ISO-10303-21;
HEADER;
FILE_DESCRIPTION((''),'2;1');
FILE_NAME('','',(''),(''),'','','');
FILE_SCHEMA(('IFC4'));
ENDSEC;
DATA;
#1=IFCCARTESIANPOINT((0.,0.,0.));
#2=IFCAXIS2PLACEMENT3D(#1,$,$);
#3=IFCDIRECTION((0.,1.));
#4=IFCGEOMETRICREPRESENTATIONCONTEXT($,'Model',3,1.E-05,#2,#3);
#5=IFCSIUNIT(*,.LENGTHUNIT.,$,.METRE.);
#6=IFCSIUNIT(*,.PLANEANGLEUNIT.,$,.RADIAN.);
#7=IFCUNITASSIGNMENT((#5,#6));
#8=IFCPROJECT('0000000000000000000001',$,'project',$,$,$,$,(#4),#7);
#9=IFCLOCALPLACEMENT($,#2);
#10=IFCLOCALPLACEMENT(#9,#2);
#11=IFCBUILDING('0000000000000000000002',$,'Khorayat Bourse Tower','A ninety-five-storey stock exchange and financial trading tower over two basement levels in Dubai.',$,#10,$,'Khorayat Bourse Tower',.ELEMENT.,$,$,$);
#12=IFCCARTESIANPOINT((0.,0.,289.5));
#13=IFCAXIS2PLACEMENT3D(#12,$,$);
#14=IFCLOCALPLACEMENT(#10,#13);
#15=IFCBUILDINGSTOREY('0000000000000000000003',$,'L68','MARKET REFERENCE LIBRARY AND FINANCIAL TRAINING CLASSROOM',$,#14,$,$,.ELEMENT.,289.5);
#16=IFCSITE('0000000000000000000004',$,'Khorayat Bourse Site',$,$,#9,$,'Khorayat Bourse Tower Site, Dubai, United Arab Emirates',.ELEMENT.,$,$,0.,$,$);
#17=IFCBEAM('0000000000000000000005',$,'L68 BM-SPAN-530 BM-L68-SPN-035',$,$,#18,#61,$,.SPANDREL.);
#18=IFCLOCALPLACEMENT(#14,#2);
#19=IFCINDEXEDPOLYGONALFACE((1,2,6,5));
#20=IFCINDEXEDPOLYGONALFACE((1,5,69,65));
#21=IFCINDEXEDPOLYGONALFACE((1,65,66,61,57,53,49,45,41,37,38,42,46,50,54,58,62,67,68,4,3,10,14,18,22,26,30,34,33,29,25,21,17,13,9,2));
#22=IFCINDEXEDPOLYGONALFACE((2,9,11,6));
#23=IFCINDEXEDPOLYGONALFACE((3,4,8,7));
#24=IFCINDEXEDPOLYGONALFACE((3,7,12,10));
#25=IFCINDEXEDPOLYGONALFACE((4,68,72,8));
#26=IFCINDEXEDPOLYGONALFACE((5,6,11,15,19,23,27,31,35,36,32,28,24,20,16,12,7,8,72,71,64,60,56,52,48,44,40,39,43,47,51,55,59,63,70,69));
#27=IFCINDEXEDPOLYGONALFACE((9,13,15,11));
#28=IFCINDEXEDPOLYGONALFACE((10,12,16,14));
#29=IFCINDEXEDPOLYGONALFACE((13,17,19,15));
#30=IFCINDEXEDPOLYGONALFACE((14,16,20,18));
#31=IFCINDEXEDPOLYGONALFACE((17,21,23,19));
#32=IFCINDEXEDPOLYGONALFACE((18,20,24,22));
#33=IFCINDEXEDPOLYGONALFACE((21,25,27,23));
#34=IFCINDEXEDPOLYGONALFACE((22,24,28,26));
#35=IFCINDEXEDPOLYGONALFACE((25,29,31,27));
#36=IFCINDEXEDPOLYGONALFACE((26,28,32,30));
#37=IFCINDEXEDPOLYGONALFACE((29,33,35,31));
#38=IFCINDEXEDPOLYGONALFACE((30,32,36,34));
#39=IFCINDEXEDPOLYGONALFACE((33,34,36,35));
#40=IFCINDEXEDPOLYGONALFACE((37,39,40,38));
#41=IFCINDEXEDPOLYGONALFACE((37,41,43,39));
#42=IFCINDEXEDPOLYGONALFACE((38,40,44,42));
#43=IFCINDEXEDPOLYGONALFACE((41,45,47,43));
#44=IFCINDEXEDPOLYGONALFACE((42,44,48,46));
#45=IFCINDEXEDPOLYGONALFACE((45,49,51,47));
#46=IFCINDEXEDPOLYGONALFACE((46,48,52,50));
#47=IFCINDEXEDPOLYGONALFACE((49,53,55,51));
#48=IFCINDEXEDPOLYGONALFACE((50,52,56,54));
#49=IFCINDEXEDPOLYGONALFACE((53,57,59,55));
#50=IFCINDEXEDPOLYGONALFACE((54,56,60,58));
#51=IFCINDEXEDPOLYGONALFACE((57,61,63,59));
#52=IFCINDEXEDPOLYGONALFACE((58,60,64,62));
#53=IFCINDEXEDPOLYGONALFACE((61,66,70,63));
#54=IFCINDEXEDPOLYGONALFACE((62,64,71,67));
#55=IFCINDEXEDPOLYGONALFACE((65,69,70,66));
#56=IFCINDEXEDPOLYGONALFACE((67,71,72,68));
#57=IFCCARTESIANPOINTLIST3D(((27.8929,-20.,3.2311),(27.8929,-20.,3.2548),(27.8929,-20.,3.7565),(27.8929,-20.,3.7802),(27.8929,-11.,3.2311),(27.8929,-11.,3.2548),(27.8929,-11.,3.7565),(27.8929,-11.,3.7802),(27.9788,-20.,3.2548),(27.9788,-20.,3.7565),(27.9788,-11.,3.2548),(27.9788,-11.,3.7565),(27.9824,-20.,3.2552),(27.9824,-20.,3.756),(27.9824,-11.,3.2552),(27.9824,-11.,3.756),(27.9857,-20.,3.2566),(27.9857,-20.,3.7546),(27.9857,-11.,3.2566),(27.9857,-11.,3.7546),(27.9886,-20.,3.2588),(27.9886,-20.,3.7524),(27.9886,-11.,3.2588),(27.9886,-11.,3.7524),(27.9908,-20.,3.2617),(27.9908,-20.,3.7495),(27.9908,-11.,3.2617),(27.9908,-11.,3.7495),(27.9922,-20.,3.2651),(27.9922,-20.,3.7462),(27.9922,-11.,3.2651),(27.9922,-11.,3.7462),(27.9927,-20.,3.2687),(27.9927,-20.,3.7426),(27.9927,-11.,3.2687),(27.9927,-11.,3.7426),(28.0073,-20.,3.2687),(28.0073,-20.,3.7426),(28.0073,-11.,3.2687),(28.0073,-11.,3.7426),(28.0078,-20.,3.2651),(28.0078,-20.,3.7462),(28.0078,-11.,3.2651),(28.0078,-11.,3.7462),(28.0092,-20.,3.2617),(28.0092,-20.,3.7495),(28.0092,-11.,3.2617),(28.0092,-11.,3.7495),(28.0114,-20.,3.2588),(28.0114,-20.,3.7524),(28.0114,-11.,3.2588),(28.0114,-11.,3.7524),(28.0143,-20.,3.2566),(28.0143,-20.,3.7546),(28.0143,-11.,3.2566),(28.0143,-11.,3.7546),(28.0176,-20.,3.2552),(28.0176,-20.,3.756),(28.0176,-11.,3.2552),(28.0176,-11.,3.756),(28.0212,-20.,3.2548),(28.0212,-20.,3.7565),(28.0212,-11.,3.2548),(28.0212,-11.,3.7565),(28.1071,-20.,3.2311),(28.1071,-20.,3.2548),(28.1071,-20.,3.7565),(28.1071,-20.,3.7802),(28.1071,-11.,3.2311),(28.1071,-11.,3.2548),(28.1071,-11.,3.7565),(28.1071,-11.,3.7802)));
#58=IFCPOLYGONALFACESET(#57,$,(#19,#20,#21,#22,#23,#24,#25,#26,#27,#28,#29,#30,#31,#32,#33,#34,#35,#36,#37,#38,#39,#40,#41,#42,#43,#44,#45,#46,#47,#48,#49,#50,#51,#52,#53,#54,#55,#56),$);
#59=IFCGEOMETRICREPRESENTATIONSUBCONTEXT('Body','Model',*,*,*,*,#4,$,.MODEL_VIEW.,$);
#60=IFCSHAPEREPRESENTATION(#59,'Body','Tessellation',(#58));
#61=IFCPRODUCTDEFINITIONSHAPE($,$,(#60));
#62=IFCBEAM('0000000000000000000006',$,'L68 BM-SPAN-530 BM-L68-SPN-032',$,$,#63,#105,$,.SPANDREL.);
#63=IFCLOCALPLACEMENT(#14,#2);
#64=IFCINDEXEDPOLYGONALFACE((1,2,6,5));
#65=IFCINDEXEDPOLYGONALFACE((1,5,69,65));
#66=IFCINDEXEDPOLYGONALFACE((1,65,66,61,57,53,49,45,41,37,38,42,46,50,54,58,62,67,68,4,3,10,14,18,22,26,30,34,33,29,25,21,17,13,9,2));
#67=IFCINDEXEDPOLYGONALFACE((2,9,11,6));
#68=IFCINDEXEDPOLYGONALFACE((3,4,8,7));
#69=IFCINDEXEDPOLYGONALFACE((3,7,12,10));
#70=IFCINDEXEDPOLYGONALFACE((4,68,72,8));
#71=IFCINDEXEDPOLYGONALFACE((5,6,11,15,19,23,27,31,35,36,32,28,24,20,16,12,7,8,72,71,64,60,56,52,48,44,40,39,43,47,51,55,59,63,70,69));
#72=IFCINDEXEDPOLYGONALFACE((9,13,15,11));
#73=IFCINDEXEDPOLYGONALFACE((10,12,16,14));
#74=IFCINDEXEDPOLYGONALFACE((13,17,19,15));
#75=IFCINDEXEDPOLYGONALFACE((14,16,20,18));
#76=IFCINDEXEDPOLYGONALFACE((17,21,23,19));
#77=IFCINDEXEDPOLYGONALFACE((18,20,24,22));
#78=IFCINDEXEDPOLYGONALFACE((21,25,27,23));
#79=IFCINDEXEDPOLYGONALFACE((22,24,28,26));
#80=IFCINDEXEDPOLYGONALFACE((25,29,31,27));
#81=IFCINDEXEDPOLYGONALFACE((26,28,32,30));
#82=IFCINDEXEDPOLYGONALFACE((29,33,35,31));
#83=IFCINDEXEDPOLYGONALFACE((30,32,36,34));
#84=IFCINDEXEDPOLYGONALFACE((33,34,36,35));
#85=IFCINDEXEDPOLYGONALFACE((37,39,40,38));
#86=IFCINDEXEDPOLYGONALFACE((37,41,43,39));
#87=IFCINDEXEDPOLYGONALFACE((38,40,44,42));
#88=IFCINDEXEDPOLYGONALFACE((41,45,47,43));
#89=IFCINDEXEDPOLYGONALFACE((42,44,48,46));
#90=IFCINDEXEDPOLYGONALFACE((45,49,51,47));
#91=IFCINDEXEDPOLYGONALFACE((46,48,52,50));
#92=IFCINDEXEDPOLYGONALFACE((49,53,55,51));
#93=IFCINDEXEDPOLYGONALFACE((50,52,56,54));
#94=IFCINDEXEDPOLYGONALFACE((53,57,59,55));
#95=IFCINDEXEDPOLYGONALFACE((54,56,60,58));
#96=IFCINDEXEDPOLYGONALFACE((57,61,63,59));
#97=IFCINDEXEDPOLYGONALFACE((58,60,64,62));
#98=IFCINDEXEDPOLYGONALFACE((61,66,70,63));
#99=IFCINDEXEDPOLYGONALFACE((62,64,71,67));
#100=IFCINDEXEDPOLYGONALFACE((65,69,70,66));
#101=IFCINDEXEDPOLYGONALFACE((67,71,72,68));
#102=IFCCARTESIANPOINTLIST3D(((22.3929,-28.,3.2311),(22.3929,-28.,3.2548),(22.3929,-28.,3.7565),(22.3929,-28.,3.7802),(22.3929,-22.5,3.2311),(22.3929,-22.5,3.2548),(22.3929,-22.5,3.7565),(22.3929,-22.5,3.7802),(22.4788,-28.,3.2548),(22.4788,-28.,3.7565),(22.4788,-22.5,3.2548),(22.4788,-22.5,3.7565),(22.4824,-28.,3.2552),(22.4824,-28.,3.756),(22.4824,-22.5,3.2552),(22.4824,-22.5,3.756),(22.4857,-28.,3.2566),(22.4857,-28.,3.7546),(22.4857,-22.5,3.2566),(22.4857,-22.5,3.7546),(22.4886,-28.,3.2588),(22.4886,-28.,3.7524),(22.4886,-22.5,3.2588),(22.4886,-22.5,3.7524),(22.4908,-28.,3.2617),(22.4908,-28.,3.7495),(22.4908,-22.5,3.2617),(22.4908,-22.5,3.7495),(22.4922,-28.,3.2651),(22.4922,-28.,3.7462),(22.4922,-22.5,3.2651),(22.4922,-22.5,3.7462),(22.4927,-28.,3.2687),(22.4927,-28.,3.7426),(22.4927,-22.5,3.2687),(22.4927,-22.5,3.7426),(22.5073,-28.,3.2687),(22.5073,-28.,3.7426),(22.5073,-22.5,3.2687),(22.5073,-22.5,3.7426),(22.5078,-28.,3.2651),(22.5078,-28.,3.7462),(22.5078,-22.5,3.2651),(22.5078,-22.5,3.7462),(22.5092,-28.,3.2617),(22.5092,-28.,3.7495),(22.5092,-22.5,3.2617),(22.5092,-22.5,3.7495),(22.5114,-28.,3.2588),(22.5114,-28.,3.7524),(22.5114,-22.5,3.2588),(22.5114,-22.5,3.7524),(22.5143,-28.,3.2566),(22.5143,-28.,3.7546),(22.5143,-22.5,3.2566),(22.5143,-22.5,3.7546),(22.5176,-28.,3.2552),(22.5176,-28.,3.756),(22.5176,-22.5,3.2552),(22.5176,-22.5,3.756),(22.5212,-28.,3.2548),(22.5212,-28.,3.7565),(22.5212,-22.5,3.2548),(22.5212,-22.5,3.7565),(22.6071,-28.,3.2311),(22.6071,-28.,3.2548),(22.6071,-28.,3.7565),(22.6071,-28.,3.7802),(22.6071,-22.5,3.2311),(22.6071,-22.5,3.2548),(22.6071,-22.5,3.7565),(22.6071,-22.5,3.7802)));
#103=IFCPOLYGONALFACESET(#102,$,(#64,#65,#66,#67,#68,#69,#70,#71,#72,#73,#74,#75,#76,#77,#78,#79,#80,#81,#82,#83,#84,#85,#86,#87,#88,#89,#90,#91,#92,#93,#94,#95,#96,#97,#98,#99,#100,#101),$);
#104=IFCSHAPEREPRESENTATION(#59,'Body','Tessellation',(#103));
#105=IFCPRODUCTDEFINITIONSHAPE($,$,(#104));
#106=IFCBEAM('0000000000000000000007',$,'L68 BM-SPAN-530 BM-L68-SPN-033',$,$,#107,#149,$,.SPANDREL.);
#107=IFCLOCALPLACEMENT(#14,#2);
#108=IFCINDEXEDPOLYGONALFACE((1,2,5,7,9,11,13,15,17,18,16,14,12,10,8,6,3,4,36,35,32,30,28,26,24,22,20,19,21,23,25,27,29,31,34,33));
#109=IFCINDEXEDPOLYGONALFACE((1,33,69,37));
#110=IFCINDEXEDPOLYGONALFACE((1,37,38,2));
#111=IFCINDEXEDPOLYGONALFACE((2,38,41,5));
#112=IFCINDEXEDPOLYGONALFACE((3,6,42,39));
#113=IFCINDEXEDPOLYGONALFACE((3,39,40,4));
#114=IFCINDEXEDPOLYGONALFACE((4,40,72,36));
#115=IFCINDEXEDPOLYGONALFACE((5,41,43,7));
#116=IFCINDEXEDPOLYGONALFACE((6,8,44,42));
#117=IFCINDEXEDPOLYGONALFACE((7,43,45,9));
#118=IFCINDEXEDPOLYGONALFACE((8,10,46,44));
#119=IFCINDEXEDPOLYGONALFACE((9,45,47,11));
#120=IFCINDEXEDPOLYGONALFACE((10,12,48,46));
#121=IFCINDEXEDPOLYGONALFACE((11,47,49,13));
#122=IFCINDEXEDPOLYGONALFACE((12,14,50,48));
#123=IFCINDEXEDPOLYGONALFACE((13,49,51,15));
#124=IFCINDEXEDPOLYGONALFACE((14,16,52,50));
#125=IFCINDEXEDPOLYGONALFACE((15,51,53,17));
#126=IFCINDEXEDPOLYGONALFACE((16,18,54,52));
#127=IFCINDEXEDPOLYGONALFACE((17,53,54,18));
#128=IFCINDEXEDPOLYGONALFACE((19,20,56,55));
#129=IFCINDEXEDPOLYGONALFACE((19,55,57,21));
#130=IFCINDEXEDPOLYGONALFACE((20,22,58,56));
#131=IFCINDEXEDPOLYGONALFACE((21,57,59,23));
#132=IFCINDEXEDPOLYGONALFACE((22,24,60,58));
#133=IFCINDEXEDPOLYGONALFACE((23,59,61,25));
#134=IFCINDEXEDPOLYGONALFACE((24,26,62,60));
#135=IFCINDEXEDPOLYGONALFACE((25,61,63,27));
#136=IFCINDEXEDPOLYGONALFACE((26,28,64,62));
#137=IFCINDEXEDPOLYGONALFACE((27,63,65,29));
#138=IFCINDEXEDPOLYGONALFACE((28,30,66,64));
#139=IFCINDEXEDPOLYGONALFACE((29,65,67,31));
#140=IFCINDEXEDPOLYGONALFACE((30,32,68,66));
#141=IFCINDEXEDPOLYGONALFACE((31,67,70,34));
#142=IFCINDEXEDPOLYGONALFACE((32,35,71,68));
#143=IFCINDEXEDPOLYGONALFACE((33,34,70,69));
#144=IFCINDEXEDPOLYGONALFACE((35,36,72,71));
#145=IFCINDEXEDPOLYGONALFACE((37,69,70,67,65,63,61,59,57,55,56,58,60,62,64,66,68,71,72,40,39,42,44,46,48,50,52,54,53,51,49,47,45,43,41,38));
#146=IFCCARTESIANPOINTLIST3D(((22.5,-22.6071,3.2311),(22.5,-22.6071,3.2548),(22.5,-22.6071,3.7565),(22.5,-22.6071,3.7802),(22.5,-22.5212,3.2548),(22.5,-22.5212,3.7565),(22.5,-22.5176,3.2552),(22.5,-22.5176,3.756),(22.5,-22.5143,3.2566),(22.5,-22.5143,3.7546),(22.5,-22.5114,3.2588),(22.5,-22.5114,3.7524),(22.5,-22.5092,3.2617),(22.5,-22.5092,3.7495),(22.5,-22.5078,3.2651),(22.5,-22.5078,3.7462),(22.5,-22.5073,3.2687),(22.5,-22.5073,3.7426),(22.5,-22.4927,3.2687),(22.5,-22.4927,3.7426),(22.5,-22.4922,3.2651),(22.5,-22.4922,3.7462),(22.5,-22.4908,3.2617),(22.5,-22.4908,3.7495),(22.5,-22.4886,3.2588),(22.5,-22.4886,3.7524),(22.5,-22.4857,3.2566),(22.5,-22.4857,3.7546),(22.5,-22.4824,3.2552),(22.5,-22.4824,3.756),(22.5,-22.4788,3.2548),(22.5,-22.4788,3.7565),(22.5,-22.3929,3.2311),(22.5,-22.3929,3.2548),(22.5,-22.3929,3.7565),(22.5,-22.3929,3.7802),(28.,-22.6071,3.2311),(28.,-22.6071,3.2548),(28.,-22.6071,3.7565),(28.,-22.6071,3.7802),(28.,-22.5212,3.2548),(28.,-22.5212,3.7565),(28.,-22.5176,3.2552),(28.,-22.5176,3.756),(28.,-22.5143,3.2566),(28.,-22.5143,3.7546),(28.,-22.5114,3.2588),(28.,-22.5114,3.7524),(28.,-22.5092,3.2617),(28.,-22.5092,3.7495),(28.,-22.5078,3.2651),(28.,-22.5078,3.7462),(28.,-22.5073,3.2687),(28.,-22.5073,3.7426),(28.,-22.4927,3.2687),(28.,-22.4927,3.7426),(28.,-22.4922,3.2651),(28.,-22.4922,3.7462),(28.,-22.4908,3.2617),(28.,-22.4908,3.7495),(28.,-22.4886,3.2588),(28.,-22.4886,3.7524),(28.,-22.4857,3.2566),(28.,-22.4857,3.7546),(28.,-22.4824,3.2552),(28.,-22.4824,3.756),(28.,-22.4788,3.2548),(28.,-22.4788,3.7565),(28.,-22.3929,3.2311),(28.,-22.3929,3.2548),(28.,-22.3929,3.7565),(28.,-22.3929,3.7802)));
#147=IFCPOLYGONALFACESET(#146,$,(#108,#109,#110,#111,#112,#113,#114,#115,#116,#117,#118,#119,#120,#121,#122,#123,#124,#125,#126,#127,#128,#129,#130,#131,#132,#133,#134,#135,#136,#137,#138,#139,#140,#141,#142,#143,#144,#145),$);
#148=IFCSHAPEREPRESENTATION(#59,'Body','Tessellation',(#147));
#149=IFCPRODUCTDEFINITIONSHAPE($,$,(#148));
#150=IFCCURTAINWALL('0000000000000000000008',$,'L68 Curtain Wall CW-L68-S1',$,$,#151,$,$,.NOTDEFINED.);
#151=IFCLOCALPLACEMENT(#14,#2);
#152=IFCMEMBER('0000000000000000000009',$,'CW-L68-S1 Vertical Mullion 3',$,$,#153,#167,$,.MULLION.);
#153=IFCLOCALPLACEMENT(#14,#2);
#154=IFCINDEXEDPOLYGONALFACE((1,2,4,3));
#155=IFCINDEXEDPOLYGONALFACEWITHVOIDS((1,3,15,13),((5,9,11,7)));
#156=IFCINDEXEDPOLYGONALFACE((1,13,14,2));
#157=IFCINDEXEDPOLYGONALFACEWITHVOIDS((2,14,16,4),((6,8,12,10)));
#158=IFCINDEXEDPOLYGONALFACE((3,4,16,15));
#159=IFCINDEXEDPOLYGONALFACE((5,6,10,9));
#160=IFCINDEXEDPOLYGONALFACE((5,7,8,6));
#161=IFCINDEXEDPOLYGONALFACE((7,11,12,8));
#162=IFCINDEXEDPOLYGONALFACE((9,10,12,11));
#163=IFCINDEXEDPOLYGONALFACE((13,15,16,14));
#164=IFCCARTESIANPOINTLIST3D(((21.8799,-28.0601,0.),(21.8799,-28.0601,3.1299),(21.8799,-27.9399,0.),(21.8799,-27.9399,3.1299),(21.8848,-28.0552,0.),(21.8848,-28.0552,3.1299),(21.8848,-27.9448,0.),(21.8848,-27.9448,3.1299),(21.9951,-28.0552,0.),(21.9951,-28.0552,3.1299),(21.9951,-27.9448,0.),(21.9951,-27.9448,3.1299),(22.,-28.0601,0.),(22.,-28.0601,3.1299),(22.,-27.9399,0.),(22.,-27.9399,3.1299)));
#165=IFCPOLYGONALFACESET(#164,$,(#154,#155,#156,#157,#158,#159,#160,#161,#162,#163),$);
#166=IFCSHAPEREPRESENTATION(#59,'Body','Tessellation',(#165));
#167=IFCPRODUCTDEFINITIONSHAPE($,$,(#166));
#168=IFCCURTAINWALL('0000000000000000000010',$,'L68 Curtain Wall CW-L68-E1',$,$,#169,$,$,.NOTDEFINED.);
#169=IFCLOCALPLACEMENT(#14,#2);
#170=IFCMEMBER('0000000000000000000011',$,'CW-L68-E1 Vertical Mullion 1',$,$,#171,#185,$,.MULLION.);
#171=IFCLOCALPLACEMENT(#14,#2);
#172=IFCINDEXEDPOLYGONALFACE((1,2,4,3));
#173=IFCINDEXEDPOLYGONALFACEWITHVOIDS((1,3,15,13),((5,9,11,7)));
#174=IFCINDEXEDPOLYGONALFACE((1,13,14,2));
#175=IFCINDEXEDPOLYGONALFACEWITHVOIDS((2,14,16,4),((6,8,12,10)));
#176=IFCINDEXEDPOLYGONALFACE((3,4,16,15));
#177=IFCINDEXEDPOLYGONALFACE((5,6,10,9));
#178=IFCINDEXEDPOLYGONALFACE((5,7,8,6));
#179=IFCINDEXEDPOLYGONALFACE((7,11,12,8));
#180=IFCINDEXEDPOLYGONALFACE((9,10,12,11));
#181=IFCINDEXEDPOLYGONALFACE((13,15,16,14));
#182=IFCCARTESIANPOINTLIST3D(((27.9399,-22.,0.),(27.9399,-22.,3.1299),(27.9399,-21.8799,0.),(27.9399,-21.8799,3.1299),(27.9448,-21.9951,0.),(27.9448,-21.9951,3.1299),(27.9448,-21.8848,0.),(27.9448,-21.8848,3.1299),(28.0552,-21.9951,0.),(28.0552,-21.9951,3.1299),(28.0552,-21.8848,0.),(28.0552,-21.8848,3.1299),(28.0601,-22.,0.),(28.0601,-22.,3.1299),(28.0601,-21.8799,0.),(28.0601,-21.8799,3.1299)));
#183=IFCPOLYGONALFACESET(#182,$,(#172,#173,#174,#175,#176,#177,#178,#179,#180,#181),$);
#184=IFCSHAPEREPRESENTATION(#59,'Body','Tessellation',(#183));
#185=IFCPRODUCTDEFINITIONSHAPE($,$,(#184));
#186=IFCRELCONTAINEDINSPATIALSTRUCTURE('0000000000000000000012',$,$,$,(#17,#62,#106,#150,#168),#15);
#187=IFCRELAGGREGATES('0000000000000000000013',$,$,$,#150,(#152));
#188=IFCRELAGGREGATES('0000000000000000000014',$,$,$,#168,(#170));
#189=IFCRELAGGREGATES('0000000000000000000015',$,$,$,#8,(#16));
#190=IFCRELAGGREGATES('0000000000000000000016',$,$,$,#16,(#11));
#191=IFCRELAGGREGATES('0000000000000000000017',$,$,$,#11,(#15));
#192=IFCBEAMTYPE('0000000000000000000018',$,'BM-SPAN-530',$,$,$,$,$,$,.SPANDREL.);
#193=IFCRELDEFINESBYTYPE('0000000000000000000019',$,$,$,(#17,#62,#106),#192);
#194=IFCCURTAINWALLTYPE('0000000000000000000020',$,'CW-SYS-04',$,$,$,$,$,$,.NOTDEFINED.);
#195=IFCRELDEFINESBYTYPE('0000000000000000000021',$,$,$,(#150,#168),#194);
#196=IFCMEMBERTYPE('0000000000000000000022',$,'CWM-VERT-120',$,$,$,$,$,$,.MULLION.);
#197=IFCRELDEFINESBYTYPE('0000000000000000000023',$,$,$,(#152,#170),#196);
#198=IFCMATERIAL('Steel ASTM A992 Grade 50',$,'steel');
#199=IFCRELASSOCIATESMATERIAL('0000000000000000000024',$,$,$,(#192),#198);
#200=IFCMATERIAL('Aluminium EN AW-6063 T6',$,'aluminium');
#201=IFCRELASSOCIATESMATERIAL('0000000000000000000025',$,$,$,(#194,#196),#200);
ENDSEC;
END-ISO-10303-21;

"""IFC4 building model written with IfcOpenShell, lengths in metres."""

from ifc_helpers import new_model, si_unit, direction, frame, origin, origin_2d, place, context, subcontext, project, spatial, hollow_rectangle, i_section, extrude, source, transform, mapped, material, material_profile, profile_set, type_object, element, aggregate, save


model = new_model("IFC4")

# Units and contexts
model_context = context("Model", 3, precision=1e-05, world=origin(), true_north=direction((0.0, 1.0)))
body_context = subcontext(model_context, "Body", "Model", "MODEL_VIEW")
ifc_project = project(units=[si_unit("LENGTHUNIT", "METRE"), si_unit("PLANEANGLEUNIT", "RADIAN")], contexts=[model_context])

# Site, building, storey
site_placement = place(None, origin())
site = spatial("IfcSite", under=ifc_project, at=site_placement, Name="Khorayat Bourse Site", LongName="Khorayat Bourse Tower Site, Dubai, United Arab Emirates", CompositionType="ELEMENT", RefElevation=0.0)
building_placement = place(site_placement, origin())
building = spatial("IfcBuilding", under=site, at=building_placement, Name="Khorayat Bourse Tower", Description="A ninety-five-storey stock exchange and financial trading tower over two basement levels in Dubai.", LongName="Khorayat Bourse Tower", CompositionType="ELEMENT")
storey_placement = place(building_placement, frame((0.0, 0.0, 289.5)))
storey = spatial("IfcBuildingStorey", under=building, at=storey_placement, Name="L68", Description="MARKET REFERENCE LIBRARY AND FINANCIAL TRAINING CLASSROOM", CompositionType="ELEMENT", Elevation=289.5)

# Beams
ifc_material_1 = material(Name="Steel ASTM A992 Grade 50", Category="steel")
ifc_material_profile_1 = material_profile(ifc_material_1, i_section(OverallWidth=0.2141, OverallDepth=0.5491, WebThickness=0.0146, FlangeThickness=0.0237, FilletRadius=0.0139, at=origin_2d()), Name="W530X138")
ifc_profile_set_1 = profile_set([ifc_material_profile_1], Name="Steel ASTM A992 Grade 50")
beam_type_1 = type_object("IfcBeamType", Name="BM-SPAN-530", PredefinedType="SPANDREL", material=ifc_profile_set_1)
shared_shape_1 = source(origin(), body_context, "Body", "SweptSolid", [
    extrude(i_section(OverallWidth=0.2141, OverallDepth=0.5491, WebThickness=0.0146, FlangeThickness=0.0237, FilletRadius=0.0139, at=origin_2d()), origin(), (0.0, 0.0, 1.0), 9.0),
])
beam_1_placement = place(storey_placement, frame((28.0, -20.0, 3.5056), z_axis=(0.0, 1.0, 0.0), x_axis=(-1.0, 0.0, 0.0)))
element("IfcBeam", 1, at=beam_1_placement, inside=storey, type_object=beam_type_1, Name="L68 BM-SPAN-530 BM-L68-SPN-035", PredefinedType="SPANDREL", context=body_context, shape_type="MappedRepresentation", body=[
    mapped(shared_shape_1, transform((0.0, 0.0, 0.0), scale=1.0)),
])
shared_shape_2 = source(origin(), body_context, "Body", "SweptSolid", [
    extrude(i_section(OverallWidth=0.2141, OverallDepth=0.5491, WebThickness=0.0146, FlangeThickness=0.0237, FilletRadius=0.0139, at=origin_2d()), origin(), (0.0, 0.0, 1.0), 5.5),
])
for number, where, z_axis, x_axis, name in (
    (2, (22.5, -28.0, 3.5056), (0.0, 1.0, 0.0), (-1.0, 0.0, 0.0), "L68 BM-SPAN-530 BM-L68-SPN-032"),
    (3, (22.5, -22.5, 3.5056), (1.0, 0.0, 0.0), (0.0, 1.0, 0.0), "L68 BM-SPAN-530 BM-L68-SPN-033"),
):
    element("IfcBeam", number, at=place(storey_placement, frame(where, z_axis=z_axis, x_axis=x_axis)), inside=storey, type_object=beam_type_1, Name=name, PredefinedType="SPANDREL", context=body_context, shape_type="MappedRepresentation", body=[
        mapped(shared_shape_2, transform((0.0, 0.0, 0.0), scale=1.0)),
    ])

# Curtain walls, members
ifc_material_2 = material(Name="Aluminium EN AW-6063 T6", Category="aluminium")
curtain_wall_type = type_object("IfcCurtainWallType", Name="CW-SYS-04", PredefinedType="NOTDEFINED", material=ifc_material_2)
curtain_wall_1_placement = place(storey_placement, origin())
curtain_wall_1 = element("IfcCurtainWall", 4, at=curtain_wall_1_placement, inside=storey, type_object=curtain_wall_type, Name="L68 Curtain Wall CW-L68-S1", PredefinedType="NOTDEFINED")
ifc_material_profile_2 = material_profile(ifc_material_2, hollow_rectangle(XDim=0.1201, YDim=0.1201, WallThickness=0.0049, at=origin_2d()), Name="ALU 120x120x5")
ifc_profile_set_2 = profile_set([ifc_material_profile_2], Name="Aluminium EN AW-6063 T6")
member_type_1 = type_object("IfcMemberType", Name="CWM-VERT-120", PredefinedType="MULLION", material=ifc_profile_set_2)
shared_shape_3 = source(origin(), body_context, "Body", "SweptSolid", [
    extrude(hollow_rectangle(XDim=0.1201, YDim=0.1201, WallThickness=0.0049, at=origin_2d()), origin(), (0.0, 0.0, 1.0), 3.1299),
])
member_1_placement = place(storey_placement, frame((21.9399, -28.0, 0.0), z_axis=(0.0, 0.0, 1.0), x_axis=(0.0, 1.0, 0.0)))
member_1 = element("IfcMember", 5, at=member_1_placement, type_object=member_type_1, Name="CW-L68-S1 Vertical Mullion 3", PredefinedType="MULLION", context=body_context, shape_type="MappedRepresentation", body=[
    mapped(shared_shape_3, transform((0.0, 0.0, 0.0), scale=1.0)),
])
curtain_wall_2_placement = place(storey_placement, origin())
curtain_wall_2 = element("IfcCurtainWall", 6, at=curtain_wall_2_placement, inside=storey, type_object=curtain_wall_type, Name="L68 Curtain Wall CW-L68-E1", PredefinedType="NOTDEFINED")
member_2_placement = place(storey_placement, frame((28.0, -21.9399, 0.0), z_axis=(0.0, 0.0, 1.0), x_axis=(-1.0, 0.0, 0.0)))
member_2 = element("IfcMember", 7, at=member_2_placement, type_object=member_type_1, Name="CW-L68-E1 Vertical Mullion 1", PredefinedType="MULLION", context=body_context, shape_type="MappedRepresentation", body=[
    mapped(shared_shape_3, transform((0.0, 0.0, 0.0), scale=1.0)),
])

aggregate(curtain_wall_1, [member_1])
aggregate(curtain_wall_2, [member_2])

save(model, "model.ifc")
